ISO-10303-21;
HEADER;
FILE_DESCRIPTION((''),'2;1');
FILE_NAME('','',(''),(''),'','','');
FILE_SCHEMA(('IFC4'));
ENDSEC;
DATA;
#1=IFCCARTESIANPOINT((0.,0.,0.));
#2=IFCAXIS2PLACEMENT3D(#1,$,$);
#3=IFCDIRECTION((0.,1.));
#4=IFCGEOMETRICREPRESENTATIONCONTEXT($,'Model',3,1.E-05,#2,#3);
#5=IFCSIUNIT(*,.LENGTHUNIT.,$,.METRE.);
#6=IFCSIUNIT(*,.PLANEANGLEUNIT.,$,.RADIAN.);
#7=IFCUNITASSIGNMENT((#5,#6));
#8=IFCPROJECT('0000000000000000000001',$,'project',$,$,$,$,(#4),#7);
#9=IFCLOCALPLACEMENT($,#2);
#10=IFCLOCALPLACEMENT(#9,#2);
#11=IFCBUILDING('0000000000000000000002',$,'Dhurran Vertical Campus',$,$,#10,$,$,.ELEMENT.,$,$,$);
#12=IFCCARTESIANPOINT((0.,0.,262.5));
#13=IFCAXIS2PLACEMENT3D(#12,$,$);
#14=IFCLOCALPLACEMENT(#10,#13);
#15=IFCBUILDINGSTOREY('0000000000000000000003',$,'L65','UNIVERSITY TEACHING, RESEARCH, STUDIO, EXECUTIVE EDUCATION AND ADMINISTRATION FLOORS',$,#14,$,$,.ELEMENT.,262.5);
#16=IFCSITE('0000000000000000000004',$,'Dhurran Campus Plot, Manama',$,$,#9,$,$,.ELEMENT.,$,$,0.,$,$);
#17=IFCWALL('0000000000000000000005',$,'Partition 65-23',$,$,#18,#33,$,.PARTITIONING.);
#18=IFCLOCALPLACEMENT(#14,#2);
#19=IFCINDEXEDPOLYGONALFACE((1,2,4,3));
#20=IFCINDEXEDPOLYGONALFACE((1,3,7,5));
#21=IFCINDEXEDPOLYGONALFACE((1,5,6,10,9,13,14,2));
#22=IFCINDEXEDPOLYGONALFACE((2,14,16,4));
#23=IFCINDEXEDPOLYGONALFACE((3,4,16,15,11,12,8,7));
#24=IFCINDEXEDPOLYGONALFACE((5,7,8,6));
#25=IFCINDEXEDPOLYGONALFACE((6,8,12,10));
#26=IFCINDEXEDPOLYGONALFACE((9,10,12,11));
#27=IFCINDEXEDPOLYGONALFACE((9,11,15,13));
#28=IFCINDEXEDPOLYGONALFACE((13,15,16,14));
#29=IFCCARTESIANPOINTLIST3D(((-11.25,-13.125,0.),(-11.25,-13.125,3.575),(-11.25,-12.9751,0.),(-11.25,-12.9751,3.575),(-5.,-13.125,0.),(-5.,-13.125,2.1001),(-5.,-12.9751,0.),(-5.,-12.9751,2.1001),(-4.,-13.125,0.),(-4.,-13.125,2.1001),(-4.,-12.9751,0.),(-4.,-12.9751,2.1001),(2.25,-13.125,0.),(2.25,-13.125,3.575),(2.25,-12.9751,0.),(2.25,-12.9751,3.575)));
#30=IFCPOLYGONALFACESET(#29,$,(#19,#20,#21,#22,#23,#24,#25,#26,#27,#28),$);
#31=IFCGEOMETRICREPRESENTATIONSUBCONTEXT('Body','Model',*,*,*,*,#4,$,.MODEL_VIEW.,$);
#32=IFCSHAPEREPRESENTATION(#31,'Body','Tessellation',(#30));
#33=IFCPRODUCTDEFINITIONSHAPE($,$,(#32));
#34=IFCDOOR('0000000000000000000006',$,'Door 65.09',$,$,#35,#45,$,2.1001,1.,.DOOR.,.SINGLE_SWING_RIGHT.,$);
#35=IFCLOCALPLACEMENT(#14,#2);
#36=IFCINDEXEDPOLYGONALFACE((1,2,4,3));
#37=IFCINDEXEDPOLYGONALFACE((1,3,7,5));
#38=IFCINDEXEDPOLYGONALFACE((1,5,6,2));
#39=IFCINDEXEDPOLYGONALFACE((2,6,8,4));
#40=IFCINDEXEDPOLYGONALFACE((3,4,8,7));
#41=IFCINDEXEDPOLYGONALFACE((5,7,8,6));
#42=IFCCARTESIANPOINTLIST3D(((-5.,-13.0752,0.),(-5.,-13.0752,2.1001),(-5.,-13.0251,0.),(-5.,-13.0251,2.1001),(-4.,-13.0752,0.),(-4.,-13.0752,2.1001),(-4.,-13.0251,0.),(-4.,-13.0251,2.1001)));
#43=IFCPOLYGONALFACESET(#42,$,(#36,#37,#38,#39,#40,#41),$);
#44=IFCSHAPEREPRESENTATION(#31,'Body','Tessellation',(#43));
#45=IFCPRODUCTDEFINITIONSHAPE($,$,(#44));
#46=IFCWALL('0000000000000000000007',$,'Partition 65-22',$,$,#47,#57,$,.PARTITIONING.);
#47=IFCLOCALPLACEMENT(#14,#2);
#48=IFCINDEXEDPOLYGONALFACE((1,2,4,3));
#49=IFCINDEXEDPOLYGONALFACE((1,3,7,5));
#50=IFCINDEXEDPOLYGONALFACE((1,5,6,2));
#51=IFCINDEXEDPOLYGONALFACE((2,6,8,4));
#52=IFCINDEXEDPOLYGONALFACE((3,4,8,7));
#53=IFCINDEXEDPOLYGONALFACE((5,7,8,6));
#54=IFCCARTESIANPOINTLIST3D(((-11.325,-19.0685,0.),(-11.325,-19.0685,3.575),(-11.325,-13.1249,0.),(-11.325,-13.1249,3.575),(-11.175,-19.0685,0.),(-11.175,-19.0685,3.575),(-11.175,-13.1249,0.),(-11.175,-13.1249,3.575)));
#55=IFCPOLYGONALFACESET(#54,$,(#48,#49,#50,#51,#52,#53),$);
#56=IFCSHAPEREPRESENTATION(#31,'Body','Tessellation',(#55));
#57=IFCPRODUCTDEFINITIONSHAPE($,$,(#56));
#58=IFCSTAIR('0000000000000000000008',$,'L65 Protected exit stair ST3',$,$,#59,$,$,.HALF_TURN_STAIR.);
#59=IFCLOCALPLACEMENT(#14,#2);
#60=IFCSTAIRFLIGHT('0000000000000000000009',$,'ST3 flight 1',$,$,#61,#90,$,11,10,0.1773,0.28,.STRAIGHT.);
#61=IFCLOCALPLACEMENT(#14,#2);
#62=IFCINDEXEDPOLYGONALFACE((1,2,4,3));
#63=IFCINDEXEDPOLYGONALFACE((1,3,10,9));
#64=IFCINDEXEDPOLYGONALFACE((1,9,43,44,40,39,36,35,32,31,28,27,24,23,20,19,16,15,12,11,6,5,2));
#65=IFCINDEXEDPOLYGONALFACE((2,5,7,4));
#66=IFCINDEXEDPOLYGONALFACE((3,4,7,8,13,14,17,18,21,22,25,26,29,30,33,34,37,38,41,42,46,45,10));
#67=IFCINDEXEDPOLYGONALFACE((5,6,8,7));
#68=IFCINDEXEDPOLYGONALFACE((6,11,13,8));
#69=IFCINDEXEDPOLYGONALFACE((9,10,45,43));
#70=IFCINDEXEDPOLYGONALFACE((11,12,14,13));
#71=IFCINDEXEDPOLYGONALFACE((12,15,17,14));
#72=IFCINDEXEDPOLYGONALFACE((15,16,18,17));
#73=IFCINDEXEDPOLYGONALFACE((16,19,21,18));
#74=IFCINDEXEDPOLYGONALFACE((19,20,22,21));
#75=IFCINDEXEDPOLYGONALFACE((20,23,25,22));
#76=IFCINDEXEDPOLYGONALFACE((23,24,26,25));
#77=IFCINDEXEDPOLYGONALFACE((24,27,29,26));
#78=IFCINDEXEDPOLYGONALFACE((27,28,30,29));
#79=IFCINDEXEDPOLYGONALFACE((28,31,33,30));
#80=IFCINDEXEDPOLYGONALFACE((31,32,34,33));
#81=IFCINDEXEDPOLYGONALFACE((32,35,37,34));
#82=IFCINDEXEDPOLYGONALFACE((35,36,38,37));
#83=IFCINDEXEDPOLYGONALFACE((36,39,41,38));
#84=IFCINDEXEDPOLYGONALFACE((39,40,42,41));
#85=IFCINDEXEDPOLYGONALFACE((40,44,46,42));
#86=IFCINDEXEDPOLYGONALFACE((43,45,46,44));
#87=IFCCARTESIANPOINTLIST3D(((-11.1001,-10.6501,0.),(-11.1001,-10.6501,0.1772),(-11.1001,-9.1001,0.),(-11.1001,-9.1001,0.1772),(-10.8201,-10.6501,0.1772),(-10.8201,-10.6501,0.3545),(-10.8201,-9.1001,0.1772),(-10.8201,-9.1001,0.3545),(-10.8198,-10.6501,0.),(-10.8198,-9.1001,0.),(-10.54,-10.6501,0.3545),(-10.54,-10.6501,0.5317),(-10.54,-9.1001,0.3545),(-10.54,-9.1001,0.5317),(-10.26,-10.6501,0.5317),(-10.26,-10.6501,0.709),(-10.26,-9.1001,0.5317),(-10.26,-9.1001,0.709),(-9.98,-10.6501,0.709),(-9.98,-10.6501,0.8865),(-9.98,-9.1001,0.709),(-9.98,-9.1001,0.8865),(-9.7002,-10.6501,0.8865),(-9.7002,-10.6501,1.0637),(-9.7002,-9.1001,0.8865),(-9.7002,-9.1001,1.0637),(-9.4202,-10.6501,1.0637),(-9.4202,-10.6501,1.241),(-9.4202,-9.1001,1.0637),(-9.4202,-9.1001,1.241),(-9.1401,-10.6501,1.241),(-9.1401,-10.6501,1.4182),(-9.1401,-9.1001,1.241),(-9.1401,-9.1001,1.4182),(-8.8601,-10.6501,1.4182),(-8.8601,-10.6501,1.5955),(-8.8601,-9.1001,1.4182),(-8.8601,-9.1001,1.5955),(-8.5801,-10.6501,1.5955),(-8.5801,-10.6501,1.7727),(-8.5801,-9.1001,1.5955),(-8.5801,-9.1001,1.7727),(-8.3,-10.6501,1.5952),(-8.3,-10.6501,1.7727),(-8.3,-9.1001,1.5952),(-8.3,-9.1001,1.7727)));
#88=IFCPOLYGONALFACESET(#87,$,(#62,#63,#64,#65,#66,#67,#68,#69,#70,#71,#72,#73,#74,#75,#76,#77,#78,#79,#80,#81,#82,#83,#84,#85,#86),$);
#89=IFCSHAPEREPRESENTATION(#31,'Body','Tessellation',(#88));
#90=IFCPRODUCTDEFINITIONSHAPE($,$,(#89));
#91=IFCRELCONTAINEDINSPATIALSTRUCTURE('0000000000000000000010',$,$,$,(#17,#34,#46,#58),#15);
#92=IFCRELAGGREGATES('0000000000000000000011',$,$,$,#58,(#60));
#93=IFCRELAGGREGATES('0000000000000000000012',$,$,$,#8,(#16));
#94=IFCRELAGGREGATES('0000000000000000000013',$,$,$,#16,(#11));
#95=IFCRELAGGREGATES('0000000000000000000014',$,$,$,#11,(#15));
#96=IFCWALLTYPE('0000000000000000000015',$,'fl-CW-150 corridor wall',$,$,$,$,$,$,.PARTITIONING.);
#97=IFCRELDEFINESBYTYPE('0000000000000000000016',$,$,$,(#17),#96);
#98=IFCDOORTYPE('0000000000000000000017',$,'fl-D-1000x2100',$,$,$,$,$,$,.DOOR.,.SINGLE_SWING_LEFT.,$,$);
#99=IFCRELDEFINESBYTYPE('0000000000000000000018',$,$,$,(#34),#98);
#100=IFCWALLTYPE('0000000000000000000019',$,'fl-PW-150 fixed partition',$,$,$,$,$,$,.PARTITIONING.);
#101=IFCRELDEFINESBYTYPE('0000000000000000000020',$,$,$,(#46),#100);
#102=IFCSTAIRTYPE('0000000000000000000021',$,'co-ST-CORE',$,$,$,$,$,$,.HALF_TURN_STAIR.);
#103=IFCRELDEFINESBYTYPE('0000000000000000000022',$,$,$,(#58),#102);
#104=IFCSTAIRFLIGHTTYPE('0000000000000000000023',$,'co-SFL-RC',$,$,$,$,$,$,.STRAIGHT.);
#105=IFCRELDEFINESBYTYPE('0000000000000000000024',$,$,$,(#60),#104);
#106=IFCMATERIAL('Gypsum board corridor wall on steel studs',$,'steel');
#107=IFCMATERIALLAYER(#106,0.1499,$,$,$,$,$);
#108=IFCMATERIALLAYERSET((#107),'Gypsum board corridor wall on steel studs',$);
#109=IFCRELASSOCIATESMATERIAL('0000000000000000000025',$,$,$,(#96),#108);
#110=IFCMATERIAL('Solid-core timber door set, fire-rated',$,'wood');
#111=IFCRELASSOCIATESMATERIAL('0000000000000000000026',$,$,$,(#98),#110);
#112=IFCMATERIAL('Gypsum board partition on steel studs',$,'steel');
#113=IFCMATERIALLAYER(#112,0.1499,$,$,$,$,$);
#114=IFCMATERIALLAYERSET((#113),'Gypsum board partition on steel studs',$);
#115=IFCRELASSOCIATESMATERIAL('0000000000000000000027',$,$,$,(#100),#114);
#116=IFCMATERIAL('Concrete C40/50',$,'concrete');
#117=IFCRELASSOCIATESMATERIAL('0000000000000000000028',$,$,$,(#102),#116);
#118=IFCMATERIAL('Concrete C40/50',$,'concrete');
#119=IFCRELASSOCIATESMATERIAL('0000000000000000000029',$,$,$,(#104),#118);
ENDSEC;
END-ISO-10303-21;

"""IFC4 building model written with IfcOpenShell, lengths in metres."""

from ifc_helpers import new_model, si_unit, direction, frame, frame_2d, origin, place, context, subcontext, project, spatial, polyline, rectangle, outline, extrude, material, layer, layer_set, type_object, element, fill, aggregate, save


model = new_model("IFC4")

# Units and contexts
model_context = context("Model", 3, precision=1e-05, world=origin(), true_north=direction((0.0, 1.0)))
body_context = subcontext(model_context, "Body", "Model", "MODEL_VIEW")
ifc_project = project(units=[si_unit("LENGTHUNIT", "METRE"), si_unit("PLANEANGLEUNIT", "RADIAN")], contexts=[model_context])

# Site, building, storey
site_placement = place(None, origin())
site = spatial("IfcSite", under=ifc_project, at=site_placement, Name="Dhurran Campus Plot, Manama", CompositionType="ELEMENT", RefElevation=0.0)
building_placement = place(site_placement, origin())
building = spatial("IfcBuilding", under=site, at=building_placement, Name="Dhurran Vertical Campus", CompositionType="ELEMENT")
storey_placement = place(building_placement, frame((0.0, 0.0, 262.5)))
storey = spatial("IfcBuildingStorey", under=building, at=storey_placement, Name="L65", Description="UNIVERSITY TEACHING, RESEARCH, STUDIO, EXECUTIVE EDUCATION AND ADMINISTRATION FLOORS", CompositionType="ELEMENT", Elevation=262.5)

# Wall, opening, door
ifc_material_1 = material(Name="Gypsum board corridor wall on steel studs", Category="steel")
ifc_layer_1 = layer(ifc_material_1, 0.1499)
ifc_layer_set_1 = layer_set([ifc_layer_1], Name="Gypsum board corridor wall on steel studs")
wall_type_1 = type_object("IfcWallType", Name="fl-CW-150 corridor wall", PredefinedType="PARTITIONING", material=ifc_layer_set_1)
wall_1_placement = place(storey_placement, frame((-11.25, -13.05, 0.0), z_axis=(0.0, 0.0, 1.0), x_axis=(1.0, 0.0, 0.0)))
wall_1 = element("IfcWall", 1, at=wall_1_placement, inside=storey, type_object=wall_type_1, Name="Partition 65-23", PredefinedType="PARTITIONING", context=body_context, shape_type="SweptSolid", body=[
    extrude(rectangle(XDim=13.5, YDim=0.1499, at=frame_2d((6.75, 0.0))), origin(), (0.0, 0.0, 1.0), 3.575),
])
opening_1_placement = place(wall_1_placement, frame((6.25, 0.0, 0.0)))
opening_1 = element("IfcOpeningElement", 2, at=opening_1_placement, cuts=wall_1, PredefinedType="OPENING", context=body_context, shape_type="SweptSolid", body=[
    extrude(rectangle(XDim=1.0, YDim=2.1001, at=frame_2d((0.5, 1.05))), frame((0.0, 0.085, 0.0), z_axis=(0.0, -1.0, 0.0), x_axis=(1.0, 0.0, 0.0)), (0.0, 0.0, 1.0), 0.1699),
])
ifc_material_2 = material(Name="Solid-core timber door set, fire-rated", Category="wood")
door_type_1 = type_object("IfcDoorType", Name="fl-D-1000x2100", OperationType="SINGLE_SWING_LEFT", PredefinedType="DOOR", material=ifc_material_2)
door_1_placement = place(opening_1_placement, origin())
door_1 = element("IfcDoor", 3, at=door_1_placement, inside=storey, type_object=door_type_1, Name="Door 65.09", OperationType="SINGLE_SWING_RIGHT", OverallHeight=2.1001, OverallWidth=1.0, PredefinedType="DOOR", context=body_context, shape_type="SweptSolid", body=[
    extrude(rectangle(XDim=1.0, YDim=2.1001, at=frame_2d((0.5, 1.05))), frame((0.0, 0.0249, 0.0), z_axis=(0.0, -1.0, 0.0), x_axis=(1.0, 0.0, 0.0)), (0.0, 0.0, 1.0), 0.05),
])
fill(opening_1, door_1)

# Wall
ifc_material_3 = material(Name="Gypsum board partition on steel studs", Category="steel")
ifc_layer_2 = layer(ifc_material_3, 0.1499)
ifc_layer_set_2 = layer_set([ifc_layer_2], Name="Gypsum board partition on steel studs")
wall_type_2 = type_object("IfcWallType", Name="fl-PW-150 fixed partition", PredefinedType="PARTITIONING", material=ifc_layer_set_2)
wall_2_placement = place(storey_placement, frame((-11.25, -13.125, 0.0), z_axis=(0.0, 0.0, 1.0), x_axis=(0.0, -1.0, 0.0)))
element("IfcWall", 4, at=wall_2_placement, inside=storey, type_object=wall_type_2, Name="Partition 65-22", PredefinedType="PARTITIONING", context=body_context, shape_type="SweptSolid", body=[
    extrude(rectangle(XDim=5.9436, YDim=0.1499, at=frame_2d((2.9717, 0.0))), origin(), (0.0, 0.0, 1.0), 3.575),
])

# Stair, stair flight
ifc_material_4 = material(Name="Concrete C40/50", Category="concrete")
stair_type = type_object("IfcStairType", Name="co-ST-CORE", PredefinedType="HALF_TURN_STAIR", material=ifc_material_4)
stair_placement = place(storey_placement, origin())
stair = element("IfcStair", 5, at=stair_placement, inside=storey, type_object=stair_type, Name="L65 Protected exit stair ST3", PredefinedType="HALF_TURN_STAIR")
ifc_material_5 = material(Name="Concrete C40/50", Category="concrete")
stair_flight_type = type_object("IfcStairFlightType", Name="co-SFL-RC", PredefinedType="STRAIGHT", material=ifc_material_5)
stair_flight_placement = place(storey_placement, frame((-11.1001, -9.875, 0.0), z_axis=(0.0, 0.0, 1.0), x_axis=(1.0, 0.0, 0.0)))
stair_flight = element("IfcStairFlight", 6, at=stair_flight_placement, type_object=stair_flight_type, Name="ST3 flight 1", NumberOfRisers=11, NumberOfTreads=10, PredefinedType="STRAIGHT", RiserHeight=0.1773, TreadLength=0.28, context=body_context, shape_type="SweptSolid", body=[
    extrude(outline(polyline([(0.0, 0.0), (0.0, 0.1772), (0.28, 0.1772), (0.28, 0.3545), (0.5601, 0.3545), (0.5601, 0.5317), (0.8401, 0.5317), (0.8401, 0.709), (1.1201, 0.709), (1.1201, 0.8865), (1.3999, 0.8865), (1.3999, 1.0637), (1.6799, 1.0637), (1.6799, 1.241), (1.96, 1.241), (1.96, 1.4182), (2.24, 1.4182), (2.24, 1.5955), (2.52, 1.5955), (2.52, 1.7727), (2.8, 1.7727), (2.8, 1.95), (2.8, 1.5952), (0.2803, 0.0), (0.0, 0.0)])), frame((0.0, 0.7749, 0.0), z_axis=(0.0, -1.0, 0.0), x_axis=(1.0, 0.0, 0.0)), (0.0, 0.0, 1.0), 1.55),
])
aggregate(stair, [stair_flight])

save(model, "model.ifc")
